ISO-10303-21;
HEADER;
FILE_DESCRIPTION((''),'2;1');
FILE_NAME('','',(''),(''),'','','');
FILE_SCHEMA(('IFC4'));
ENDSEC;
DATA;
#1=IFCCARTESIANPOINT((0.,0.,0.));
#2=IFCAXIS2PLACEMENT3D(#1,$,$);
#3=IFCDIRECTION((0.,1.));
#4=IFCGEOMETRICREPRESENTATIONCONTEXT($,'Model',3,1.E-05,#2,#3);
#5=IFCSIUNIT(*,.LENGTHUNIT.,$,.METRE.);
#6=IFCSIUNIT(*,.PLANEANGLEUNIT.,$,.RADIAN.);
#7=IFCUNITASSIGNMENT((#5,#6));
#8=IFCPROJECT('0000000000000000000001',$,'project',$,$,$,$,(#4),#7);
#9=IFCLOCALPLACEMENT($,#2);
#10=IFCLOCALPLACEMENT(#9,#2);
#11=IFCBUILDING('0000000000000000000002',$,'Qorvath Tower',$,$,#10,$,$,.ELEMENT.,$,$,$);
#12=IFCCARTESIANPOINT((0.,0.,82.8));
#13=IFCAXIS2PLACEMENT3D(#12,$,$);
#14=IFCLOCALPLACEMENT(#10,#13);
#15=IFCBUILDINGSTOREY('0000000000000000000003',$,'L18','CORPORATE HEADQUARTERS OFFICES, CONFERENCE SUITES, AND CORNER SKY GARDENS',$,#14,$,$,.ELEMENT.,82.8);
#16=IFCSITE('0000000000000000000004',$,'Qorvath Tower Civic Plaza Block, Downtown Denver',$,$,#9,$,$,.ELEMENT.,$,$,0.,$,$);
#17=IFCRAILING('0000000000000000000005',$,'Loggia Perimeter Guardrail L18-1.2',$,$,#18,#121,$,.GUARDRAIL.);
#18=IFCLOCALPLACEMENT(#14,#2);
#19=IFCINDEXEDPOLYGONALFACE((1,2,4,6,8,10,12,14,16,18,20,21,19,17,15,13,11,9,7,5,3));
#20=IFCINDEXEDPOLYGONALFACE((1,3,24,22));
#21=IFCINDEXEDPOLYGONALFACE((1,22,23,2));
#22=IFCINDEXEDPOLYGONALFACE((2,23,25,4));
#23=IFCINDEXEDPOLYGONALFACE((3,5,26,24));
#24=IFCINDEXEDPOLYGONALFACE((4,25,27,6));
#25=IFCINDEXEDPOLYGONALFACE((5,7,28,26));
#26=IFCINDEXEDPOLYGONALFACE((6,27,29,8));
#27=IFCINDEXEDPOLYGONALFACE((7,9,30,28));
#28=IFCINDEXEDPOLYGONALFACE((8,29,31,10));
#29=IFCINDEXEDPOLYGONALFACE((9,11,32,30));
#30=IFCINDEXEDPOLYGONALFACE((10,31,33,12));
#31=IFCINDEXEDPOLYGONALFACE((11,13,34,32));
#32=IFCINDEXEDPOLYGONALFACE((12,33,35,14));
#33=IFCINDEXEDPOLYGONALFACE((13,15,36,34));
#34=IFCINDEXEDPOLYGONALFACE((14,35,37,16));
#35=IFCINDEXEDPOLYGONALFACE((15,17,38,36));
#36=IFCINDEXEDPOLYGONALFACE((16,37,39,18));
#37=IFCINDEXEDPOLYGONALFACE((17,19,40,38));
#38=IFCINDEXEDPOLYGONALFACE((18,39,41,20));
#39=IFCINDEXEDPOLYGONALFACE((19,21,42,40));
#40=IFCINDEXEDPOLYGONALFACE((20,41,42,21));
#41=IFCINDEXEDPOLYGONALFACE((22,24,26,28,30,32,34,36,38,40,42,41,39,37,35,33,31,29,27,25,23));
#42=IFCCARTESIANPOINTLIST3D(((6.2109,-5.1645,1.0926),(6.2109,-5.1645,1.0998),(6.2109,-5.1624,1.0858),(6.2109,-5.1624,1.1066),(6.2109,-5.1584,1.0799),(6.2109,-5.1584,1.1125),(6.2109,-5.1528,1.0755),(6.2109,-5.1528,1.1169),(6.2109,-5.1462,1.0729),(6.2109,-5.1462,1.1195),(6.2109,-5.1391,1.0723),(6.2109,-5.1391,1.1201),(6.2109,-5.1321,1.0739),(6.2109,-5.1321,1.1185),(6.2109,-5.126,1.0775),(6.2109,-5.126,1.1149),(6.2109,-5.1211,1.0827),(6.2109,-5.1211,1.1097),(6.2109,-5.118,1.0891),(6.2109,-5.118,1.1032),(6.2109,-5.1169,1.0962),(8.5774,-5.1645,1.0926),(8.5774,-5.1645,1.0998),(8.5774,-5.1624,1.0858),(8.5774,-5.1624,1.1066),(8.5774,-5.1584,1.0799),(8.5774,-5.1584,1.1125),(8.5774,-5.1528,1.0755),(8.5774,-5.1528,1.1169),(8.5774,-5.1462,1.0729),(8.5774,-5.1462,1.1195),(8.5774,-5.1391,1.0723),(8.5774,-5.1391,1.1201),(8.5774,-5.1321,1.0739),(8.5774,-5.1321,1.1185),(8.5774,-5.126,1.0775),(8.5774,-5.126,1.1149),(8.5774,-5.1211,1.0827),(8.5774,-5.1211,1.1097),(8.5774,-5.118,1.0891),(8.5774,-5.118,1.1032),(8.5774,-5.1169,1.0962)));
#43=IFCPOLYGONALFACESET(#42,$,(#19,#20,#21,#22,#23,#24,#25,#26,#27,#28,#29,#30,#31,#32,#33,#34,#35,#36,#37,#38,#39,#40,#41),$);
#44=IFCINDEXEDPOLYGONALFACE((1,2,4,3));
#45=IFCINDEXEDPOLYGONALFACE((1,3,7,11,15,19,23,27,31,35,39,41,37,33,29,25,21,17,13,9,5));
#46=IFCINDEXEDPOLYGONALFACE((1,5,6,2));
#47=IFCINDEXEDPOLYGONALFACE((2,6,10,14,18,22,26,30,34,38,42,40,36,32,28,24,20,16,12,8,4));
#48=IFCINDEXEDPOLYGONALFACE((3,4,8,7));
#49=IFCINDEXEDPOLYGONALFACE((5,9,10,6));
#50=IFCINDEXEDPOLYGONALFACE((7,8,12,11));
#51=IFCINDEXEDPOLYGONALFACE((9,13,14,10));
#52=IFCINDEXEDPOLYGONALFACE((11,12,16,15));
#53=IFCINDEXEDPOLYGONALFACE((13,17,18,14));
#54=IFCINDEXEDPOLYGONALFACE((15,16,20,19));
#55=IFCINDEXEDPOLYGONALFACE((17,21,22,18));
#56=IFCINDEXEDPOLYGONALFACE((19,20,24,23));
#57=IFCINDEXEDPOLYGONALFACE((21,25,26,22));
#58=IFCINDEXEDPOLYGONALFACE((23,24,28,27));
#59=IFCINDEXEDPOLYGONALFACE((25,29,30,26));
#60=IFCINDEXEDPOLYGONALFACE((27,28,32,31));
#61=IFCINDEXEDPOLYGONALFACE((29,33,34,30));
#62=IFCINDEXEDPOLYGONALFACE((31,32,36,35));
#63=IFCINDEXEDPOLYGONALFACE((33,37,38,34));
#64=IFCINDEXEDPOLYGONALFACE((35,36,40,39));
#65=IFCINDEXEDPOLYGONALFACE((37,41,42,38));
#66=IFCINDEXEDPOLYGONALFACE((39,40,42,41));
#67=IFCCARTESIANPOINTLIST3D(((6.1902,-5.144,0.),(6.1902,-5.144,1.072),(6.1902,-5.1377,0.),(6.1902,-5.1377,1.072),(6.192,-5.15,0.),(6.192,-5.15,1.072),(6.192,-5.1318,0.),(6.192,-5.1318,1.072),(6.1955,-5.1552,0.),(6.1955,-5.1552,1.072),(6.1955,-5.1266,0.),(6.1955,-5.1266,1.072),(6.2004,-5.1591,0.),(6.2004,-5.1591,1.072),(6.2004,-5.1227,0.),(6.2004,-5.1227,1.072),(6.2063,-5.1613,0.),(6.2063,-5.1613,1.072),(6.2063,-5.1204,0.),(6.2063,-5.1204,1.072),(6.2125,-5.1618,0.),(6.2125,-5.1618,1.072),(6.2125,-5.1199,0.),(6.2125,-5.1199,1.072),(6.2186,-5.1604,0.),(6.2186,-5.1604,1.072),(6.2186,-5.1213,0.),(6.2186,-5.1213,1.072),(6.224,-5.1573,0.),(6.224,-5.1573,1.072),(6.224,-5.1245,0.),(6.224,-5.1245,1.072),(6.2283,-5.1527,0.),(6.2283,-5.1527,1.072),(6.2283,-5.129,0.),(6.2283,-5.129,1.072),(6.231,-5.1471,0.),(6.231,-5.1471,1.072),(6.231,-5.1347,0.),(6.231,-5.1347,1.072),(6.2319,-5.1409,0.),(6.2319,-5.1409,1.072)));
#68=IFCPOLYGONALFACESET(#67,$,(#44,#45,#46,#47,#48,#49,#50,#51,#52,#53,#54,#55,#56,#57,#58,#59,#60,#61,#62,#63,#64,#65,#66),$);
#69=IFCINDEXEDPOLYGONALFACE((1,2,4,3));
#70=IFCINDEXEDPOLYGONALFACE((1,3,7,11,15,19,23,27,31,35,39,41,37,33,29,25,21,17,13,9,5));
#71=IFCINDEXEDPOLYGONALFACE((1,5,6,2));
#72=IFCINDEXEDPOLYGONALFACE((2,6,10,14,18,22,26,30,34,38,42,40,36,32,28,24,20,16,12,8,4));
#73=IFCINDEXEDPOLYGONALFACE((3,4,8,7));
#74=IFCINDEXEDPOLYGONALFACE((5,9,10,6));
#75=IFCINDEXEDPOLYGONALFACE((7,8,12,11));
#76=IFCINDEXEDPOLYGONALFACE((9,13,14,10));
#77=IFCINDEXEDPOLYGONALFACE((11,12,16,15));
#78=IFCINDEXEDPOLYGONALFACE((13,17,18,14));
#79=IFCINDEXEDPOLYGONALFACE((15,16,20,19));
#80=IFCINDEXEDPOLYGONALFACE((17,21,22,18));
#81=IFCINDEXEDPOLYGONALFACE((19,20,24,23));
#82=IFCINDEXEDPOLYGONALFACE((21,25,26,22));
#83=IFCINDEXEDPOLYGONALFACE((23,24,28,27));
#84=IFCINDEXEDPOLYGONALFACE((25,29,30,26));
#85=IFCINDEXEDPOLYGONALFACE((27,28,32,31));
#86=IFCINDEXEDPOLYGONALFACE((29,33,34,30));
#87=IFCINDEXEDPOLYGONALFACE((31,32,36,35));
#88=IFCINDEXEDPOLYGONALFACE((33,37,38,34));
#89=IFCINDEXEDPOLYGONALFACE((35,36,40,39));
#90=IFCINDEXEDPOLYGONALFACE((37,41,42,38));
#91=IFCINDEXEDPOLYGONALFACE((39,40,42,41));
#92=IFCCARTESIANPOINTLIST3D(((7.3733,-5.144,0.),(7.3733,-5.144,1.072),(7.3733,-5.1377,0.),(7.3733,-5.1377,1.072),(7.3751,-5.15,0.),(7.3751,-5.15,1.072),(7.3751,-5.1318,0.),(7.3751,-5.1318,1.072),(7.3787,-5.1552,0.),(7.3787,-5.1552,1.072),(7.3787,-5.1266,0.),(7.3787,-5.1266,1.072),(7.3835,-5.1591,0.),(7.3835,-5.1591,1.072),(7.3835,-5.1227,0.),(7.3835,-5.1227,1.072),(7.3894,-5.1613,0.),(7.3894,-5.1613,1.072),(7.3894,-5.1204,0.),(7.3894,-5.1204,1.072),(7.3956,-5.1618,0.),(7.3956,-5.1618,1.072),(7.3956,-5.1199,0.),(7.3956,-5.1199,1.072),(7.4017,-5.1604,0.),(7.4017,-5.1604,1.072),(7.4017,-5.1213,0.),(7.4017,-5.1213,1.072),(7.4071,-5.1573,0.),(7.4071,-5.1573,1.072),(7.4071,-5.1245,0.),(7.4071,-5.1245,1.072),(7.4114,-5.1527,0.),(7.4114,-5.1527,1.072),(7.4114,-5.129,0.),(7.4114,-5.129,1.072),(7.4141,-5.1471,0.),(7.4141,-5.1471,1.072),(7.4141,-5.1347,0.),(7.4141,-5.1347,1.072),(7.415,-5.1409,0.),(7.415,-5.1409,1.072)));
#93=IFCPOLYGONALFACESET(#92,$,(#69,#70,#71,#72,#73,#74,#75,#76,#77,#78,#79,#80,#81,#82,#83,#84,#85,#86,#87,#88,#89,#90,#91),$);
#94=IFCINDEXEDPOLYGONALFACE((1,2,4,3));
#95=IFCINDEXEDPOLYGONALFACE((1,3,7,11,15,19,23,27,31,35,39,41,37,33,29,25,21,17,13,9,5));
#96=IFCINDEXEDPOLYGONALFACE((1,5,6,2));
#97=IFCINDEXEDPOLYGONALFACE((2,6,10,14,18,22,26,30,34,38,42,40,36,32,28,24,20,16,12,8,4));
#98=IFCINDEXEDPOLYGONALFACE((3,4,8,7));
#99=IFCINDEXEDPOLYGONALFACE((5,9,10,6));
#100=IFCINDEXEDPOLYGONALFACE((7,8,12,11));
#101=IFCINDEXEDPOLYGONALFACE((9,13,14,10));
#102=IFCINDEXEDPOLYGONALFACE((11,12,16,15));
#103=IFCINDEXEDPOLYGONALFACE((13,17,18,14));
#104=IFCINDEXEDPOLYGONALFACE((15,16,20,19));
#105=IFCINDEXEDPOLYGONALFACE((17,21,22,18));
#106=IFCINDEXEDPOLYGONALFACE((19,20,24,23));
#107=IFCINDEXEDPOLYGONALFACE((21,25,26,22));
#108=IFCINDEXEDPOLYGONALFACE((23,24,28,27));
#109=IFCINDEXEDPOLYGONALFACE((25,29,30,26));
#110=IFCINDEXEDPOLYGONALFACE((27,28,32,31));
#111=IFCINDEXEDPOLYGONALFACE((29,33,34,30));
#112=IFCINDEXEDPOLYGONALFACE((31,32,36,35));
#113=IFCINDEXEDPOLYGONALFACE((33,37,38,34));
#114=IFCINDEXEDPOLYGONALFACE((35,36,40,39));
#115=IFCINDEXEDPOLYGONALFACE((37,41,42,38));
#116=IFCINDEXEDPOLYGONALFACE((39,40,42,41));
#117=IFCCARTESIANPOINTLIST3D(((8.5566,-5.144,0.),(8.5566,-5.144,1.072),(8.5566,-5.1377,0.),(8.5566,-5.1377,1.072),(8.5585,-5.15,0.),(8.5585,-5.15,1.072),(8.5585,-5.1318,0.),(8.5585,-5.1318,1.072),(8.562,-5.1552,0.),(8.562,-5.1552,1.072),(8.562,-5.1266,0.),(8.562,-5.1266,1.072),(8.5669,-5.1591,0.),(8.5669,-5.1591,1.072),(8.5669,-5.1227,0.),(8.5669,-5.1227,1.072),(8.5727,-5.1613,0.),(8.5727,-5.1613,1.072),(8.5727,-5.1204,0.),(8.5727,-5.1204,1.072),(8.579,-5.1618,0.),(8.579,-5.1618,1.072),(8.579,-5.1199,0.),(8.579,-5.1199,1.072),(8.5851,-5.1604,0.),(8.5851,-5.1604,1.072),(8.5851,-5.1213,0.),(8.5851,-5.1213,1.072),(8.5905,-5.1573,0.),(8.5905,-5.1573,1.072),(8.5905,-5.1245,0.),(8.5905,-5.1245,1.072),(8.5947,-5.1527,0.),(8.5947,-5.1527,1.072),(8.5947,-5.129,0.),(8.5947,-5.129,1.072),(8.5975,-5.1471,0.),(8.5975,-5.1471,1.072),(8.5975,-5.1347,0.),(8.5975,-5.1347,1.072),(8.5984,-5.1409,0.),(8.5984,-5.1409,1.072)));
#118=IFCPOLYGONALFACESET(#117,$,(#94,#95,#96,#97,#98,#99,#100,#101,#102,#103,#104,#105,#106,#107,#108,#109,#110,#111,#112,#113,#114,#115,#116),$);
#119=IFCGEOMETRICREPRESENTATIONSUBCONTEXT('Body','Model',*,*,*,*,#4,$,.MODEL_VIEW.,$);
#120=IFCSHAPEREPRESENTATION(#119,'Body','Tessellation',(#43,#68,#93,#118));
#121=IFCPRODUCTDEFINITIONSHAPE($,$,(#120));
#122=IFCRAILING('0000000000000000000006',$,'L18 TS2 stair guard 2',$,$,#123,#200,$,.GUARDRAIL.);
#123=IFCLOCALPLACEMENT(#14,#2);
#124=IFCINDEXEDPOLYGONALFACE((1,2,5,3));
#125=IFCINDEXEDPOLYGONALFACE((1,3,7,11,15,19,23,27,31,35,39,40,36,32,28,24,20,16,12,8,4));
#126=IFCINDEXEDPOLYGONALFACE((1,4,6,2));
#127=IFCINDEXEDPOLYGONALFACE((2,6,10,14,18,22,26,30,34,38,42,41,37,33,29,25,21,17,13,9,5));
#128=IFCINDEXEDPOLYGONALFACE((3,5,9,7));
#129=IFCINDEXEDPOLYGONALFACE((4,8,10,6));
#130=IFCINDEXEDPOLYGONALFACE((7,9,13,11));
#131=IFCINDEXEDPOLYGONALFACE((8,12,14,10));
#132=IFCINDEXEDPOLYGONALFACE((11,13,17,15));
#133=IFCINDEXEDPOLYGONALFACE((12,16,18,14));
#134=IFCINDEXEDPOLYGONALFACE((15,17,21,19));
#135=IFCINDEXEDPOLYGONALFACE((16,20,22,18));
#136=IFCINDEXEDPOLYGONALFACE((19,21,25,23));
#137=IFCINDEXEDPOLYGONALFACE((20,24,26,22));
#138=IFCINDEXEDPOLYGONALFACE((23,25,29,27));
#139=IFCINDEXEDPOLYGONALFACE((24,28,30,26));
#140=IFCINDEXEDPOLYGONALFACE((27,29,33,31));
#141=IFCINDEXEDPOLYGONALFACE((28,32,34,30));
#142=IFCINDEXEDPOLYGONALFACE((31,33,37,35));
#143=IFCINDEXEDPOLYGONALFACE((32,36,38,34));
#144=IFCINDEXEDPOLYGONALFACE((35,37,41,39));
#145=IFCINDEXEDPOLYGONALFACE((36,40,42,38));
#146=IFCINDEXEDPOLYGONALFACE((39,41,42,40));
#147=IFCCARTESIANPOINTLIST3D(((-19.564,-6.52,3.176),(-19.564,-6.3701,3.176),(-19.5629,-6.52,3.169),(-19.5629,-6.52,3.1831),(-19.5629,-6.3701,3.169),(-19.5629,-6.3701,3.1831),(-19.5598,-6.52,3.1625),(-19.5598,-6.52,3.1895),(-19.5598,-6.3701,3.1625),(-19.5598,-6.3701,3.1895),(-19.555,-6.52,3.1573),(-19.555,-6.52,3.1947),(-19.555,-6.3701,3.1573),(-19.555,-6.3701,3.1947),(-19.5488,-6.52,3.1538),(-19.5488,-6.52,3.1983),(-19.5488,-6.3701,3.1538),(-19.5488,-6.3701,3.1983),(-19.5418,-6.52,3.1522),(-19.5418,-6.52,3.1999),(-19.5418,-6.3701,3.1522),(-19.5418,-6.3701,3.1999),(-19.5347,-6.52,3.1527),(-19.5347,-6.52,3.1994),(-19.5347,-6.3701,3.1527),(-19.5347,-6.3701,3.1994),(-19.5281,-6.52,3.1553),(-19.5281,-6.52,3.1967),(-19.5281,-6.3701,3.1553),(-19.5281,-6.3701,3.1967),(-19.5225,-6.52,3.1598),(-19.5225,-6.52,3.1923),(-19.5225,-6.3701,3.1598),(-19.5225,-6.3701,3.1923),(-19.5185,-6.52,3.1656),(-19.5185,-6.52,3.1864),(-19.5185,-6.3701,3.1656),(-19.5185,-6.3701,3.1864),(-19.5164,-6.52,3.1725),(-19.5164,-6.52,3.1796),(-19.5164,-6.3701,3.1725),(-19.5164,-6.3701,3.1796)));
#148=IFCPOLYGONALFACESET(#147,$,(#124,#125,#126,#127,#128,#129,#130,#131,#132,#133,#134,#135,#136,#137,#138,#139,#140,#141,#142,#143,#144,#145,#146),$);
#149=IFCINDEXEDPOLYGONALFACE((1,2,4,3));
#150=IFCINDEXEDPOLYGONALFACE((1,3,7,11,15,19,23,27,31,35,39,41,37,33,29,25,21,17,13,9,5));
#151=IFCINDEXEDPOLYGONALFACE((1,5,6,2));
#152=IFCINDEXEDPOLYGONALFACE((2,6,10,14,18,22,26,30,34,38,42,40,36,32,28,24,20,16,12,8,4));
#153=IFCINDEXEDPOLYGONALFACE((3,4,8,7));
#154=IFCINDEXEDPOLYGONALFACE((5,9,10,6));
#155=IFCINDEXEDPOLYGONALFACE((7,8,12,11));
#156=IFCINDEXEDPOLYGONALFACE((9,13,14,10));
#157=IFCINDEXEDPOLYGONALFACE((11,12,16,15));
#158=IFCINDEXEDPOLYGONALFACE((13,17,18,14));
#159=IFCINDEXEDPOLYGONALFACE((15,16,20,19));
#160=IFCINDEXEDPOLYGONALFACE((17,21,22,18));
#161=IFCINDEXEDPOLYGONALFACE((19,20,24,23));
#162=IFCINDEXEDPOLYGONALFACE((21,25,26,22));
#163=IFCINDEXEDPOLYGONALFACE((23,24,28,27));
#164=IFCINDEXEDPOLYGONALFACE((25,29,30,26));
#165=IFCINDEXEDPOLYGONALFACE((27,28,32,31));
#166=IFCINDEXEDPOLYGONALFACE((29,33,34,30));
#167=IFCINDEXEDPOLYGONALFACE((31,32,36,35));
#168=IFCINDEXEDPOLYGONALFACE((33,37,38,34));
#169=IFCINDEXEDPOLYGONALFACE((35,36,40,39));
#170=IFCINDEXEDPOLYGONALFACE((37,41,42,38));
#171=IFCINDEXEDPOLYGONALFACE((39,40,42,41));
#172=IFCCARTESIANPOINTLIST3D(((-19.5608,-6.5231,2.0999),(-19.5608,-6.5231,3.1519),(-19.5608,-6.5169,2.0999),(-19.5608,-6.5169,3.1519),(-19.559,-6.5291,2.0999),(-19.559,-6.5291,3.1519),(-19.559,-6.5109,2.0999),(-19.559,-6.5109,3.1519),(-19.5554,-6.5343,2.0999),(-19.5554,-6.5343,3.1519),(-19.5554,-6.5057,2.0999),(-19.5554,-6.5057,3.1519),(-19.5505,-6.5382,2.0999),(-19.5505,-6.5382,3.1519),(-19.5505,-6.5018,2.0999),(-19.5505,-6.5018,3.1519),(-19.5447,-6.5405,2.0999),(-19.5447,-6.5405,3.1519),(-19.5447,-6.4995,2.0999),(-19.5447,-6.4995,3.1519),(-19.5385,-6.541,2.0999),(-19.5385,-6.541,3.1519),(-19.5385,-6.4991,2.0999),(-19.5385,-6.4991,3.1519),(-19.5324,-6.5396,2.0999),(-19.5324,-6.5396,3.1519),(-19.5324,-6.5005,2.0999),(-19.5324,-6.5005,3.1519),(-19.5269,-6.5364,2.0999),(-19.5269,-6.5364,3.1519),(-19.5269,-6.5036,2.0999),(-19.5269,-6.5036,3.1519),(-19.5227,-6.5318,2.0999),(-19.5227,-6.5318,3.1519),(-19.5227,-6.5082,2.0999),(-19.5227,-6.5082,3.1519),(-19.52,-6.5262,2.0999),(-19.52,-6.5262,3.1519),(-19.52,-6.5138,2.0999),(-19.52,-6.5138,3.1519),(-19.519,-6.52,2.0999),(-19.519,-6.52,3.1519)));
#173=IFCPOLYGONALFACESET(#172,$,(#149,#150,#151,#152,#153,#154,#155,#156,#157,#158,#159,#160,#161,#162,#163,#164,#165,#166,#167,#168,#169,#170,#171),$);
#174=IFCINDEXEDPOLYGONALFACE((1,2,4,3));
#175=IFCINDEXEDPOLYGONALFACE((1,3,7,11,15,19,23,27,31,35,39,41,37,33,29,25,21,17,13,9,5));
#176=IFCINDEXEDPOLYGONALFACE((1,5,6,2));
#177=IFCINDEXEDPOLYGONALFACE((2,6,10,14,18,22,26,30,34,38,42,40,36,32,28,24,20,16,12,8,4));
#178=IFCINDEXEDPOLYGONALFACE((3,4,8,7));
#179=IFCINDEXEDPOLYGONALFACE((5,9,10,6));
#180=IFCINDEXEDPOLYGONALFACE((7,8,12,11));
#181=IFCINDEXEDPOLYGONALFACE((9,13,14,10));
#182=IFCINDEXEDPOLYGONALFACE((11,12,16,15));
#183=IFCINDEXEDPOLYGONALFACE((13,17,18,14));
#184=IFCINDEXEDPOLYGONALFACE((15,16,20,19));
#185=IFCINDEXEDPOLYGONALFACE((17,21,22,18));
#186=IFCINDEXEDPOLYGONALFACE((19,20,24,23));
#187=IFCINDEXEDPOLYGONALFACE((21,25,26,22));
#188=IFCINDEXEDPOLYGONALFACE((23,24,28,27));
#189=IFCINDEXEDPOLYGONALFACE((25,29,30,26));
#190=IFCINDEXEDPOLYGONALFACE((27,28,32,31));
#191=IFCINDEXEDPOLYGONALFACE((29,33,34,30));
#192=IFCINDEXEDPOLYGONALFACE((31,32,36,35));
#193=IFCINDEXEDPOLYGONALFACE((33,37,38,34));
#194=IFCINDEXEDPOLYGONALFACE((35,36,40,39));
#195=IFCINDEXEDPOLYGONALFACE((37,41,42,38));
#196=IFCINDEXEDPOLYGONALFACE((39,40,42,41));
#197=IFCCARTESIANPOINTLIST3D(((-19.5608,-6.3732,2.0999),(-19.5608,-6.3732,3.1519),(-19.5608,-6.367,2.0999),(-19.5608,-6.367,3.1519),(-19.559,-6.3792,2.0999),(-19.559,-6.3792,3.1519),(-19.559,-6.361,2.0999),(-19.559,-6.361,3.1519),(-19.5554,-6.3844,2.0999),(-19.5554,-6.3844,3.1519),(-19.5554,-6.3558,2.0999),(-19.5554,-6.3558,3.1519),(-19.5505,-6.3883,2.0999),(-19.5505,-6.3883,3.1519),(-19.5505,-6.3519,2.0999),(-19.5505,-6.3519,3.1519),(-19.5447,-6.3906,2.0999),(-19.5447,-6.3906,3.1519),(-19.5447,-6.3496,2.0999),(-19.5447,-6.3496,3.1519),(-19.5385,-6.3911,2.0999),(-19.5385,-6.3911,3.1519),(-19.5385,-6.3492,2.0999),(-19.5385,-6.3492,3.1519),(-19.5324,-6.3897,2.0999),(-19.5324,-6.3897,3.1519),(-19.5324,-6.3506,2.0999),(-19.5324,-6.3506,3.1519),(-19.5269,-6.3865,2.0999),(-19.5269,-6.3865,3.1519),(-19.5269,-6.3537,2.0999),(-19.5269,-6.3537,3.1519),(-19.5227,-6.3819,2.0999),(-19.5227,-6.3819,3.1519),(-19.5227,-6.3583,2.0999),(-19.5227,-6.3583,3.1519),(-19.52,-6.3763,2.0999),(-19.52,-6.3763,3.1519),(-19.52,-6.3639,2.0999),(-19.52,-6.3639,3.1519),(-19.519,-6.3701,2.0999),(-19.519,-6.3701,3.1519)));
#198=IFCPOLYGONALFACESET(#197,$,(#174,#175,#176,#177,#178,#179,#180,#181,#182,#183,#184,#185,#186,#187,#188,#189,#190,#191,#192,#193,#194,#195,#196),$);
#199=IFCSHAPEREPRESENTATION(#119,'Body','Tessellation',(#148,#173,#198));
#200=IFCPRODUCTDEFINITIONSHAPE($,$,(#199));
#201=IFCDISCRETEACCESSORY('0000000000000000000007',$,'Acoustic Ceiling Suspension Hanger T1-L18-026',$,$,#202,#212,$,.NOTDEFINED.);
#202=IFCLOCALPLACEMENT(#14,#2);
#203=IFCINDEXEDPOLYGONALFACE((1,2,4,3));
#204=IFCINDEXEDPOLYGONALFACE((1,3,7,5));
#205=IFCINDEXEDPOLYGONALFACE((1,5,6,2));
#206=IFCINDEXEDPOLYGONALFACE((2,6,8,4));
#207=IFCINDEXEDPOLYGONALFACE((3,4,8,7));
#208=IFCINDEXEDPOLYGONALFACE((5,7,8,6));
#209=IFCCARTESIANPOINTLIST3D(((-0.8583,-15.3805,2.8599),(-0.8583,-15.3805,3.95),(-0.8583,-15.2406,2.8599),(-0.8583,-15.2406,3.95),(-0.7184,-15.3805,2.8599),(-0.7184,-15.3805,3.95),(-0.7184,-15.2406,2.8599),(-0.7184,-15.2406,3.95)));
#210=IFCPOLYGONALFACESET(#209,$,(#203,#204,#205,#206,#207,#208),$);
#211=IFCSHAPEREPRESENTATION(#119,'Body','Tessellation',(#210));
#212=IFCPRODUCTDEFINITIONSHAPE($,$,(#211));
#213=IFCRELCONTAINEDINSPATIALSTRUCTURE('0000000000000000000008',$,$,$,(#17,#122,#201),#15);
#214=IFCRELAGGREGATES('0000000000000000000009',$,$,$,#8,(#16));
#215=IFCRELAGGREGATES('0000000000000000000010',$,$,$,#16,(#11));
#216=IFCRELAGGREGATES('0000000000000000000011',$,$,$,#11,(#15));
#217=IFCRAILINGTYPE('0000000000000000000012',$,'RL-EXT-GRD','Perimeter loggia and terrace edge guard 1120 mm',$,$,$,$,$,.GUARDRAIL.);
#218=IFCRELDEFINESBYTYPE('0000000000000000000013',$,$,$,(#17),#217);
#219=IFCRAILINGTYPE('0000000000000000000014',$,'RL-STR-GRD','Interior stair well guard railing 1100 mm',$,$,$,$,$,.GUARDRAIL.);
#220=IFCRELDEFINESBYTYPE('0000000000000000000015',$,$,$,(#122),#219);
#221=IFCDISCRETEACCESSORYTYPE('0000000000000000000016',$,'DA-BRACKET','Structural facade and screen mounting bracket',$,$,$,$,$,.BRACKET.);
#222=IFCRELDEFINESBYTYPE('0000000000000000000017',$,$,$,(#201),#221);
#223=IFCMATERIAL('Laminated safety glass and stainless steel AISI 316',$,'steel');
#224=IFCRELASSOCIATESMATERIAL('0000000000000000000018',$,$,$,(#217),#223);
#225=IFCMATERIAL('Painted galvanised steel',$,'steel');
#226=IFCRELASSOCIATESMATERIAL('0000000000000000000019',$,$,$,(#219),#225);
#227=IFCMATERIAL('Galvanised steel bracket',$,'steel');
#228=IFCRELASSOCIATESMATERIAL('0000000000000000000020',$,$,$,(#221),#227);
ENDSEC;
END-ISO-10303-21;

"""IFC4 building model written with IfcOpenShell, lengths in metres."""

from ifc_helpers import new_model, si_unit, direction, frame, origin, origin_2d, place, context, subcontext, project, spatial, rectangle, circle, extrude, material, type_object, element, save


model = new_model("IFC4")

# Units and contexts
model_context = context("Model", 3, precision=1e-05, world=origin(), true_north=direction((0.0, 1.0)))
body_context = subcontext(model_context, "Body", "Model", "MODEL_VIEW")
ifc_project = project(units=[si_unit("LENGTHUNIT", "METRE"), si_unit("PLANEANGLEUNIT", "RADIAN")], contexts=[model_context])

# Site, building, storey
site_placement = place(None, origin())
site = spatial("IfcSite", under=ifc_project, at=site_placement, Name="Qorvath Tower Civic Plaza Block, Downtown Denver", CompositionType="ELEMENT", RefElevation=0.0)
building_placement = place(site_placement, origin())
building = spatial("IfcBuilding", under=site, at=building_placement, Name="Qorvath Tower", CompositionType="ELEMENT")
storey_placement = place(building_placement, frame((0.0, 0.0, 82.8)))
storey = spatial("IfcBuildingStorey", under=building, at=storey_placement, Name="L18", Description="CORPORATE HEADQUARTERS OFFICES, CONFERENCE SUITES, AND CORNER SKY GARDENS", CompositionType="ELEMENT", Elevation=82.8)

# Railings
ifc_material_1 = material(Name="Laminated safety glass and stainless steel AISI 316", Category="steel")
railing_type_1 = type_object("IfcRailingType", Name="RL-EXT-GRD", Description="Perimeter loggia and terrace edge guard 1120 mm", PredefinedType="GUARDRAIL", material=ifc_material_1)
railing_1_placement = place(storey_placement, frame((6.2109, -5.1409, 0.0)))
element("IfcRailing", 1, at=railing_1_placement, inside=storey, type_object=railing_type_1, Name="Loggia Perimeter Guardrail L18-1.2", PredefinedType="GUARDRAIL", context=body_context, shape_type="SweptSolid", body=[
    extrude(circle(Radius=0.0239, at=origin_2d()), frame((0.0, 0.0, 1.0962), z_axis=(1.0, 0.0, 0.0), x_axis=(0.0, 1.0, 0.0)), (0.0, 0.0, 1.0), 2.3665),
    extrude(circle(Radius=0.021, at=origin_2d()), origin(), (0.0, 0.0, 1.0), 1.072),
    extrude(circle(Radius=0.021, at=origin_2d()), frame((1.1831, 0.0, 0.0)), (0.0, 0.0, 1.0), 1.072),
    extrude(circle(Radius=0.021, at=origin_2d()), frame((2.3665, 0.0, 0.0)), (0.0, 0.0, 1.0), 1.072),
])
ifc_material_2 = material(Name="Painted galvanised steel", Category="steel")
railing_type_2 = type_object("IfcRailingType", Name="RL-STR-GRD", Description="Interior stair well guard railing 1100 mm", PredefinedType="GUARDRAIL", material=ifc_material_2)
railing_2_placement = place(storey_placement, frame((-19.54, -6.52, 2.0999)))
element("IfcRailing", 2, at=railing_2_placement, inside=storey, type_object=railing_type_2, Name="L18 TS2 stair guard 2", PredefinedType="GUARDRAIL", context=body_context, shape_type="SweptSolid", body=[
    extrude(circle(Radius=0.0239, at=origin_2d()), frame((0.0, 0.0, 1.0762), z_axis=(0.0, 1.0, 0.0), x_axis=(-1.0, 0.0, 0.0)), (0.0, 0.0, 1.0), 0.1499),
    extrude(circle(Radius=0.021, at=origin_2d()), origin(), (0.0, 0.0, 1.0), 1.052),
    extrude(circle(Radius=0.021, at=origin_2d()), frame((0.0, 0.1499, 0.0)), (0.0, 0.0, 1.0), 1.052),
])

# Discrete accessory
ifc_material_3 = material(Name="Galvanised steel bracket", Category="steel")
discrete_accessory_type = type_object("IfcDiscreteAccessoryType", Name="DA-BRACKET", Description="Structural facade and screen mounting bracket", PredefinedType="BRACKET", material=ifc_material_3)
for number, where, z_axis, x_axis, name in (
    (3, (-0.7883, -15.3105, 2.8599), (0.0, 0.0, 1.0), (1.0, 0.0, 0.0), "Acoustic Ceiling Suspension Hanger T1-L18-026"),
):
    element("IfcDiscreteAccessory", number, at=place(storey_placement, frame(where, z_axis=z_axis, x_axis=x_axis)), inside=storey, type_object=discrete_accessory_type, Name=name, PredefinedType="NOTDEFINED", context=body_context, shape_type="SweptSolid", body=[
        extrude(rectangle(XDim=0.1399, YDim=0.1399, at=origin_2d()), origin(), (0.0, 0.0, 1.0), 1.0901),
    ])

save(model, "model.ifc")
